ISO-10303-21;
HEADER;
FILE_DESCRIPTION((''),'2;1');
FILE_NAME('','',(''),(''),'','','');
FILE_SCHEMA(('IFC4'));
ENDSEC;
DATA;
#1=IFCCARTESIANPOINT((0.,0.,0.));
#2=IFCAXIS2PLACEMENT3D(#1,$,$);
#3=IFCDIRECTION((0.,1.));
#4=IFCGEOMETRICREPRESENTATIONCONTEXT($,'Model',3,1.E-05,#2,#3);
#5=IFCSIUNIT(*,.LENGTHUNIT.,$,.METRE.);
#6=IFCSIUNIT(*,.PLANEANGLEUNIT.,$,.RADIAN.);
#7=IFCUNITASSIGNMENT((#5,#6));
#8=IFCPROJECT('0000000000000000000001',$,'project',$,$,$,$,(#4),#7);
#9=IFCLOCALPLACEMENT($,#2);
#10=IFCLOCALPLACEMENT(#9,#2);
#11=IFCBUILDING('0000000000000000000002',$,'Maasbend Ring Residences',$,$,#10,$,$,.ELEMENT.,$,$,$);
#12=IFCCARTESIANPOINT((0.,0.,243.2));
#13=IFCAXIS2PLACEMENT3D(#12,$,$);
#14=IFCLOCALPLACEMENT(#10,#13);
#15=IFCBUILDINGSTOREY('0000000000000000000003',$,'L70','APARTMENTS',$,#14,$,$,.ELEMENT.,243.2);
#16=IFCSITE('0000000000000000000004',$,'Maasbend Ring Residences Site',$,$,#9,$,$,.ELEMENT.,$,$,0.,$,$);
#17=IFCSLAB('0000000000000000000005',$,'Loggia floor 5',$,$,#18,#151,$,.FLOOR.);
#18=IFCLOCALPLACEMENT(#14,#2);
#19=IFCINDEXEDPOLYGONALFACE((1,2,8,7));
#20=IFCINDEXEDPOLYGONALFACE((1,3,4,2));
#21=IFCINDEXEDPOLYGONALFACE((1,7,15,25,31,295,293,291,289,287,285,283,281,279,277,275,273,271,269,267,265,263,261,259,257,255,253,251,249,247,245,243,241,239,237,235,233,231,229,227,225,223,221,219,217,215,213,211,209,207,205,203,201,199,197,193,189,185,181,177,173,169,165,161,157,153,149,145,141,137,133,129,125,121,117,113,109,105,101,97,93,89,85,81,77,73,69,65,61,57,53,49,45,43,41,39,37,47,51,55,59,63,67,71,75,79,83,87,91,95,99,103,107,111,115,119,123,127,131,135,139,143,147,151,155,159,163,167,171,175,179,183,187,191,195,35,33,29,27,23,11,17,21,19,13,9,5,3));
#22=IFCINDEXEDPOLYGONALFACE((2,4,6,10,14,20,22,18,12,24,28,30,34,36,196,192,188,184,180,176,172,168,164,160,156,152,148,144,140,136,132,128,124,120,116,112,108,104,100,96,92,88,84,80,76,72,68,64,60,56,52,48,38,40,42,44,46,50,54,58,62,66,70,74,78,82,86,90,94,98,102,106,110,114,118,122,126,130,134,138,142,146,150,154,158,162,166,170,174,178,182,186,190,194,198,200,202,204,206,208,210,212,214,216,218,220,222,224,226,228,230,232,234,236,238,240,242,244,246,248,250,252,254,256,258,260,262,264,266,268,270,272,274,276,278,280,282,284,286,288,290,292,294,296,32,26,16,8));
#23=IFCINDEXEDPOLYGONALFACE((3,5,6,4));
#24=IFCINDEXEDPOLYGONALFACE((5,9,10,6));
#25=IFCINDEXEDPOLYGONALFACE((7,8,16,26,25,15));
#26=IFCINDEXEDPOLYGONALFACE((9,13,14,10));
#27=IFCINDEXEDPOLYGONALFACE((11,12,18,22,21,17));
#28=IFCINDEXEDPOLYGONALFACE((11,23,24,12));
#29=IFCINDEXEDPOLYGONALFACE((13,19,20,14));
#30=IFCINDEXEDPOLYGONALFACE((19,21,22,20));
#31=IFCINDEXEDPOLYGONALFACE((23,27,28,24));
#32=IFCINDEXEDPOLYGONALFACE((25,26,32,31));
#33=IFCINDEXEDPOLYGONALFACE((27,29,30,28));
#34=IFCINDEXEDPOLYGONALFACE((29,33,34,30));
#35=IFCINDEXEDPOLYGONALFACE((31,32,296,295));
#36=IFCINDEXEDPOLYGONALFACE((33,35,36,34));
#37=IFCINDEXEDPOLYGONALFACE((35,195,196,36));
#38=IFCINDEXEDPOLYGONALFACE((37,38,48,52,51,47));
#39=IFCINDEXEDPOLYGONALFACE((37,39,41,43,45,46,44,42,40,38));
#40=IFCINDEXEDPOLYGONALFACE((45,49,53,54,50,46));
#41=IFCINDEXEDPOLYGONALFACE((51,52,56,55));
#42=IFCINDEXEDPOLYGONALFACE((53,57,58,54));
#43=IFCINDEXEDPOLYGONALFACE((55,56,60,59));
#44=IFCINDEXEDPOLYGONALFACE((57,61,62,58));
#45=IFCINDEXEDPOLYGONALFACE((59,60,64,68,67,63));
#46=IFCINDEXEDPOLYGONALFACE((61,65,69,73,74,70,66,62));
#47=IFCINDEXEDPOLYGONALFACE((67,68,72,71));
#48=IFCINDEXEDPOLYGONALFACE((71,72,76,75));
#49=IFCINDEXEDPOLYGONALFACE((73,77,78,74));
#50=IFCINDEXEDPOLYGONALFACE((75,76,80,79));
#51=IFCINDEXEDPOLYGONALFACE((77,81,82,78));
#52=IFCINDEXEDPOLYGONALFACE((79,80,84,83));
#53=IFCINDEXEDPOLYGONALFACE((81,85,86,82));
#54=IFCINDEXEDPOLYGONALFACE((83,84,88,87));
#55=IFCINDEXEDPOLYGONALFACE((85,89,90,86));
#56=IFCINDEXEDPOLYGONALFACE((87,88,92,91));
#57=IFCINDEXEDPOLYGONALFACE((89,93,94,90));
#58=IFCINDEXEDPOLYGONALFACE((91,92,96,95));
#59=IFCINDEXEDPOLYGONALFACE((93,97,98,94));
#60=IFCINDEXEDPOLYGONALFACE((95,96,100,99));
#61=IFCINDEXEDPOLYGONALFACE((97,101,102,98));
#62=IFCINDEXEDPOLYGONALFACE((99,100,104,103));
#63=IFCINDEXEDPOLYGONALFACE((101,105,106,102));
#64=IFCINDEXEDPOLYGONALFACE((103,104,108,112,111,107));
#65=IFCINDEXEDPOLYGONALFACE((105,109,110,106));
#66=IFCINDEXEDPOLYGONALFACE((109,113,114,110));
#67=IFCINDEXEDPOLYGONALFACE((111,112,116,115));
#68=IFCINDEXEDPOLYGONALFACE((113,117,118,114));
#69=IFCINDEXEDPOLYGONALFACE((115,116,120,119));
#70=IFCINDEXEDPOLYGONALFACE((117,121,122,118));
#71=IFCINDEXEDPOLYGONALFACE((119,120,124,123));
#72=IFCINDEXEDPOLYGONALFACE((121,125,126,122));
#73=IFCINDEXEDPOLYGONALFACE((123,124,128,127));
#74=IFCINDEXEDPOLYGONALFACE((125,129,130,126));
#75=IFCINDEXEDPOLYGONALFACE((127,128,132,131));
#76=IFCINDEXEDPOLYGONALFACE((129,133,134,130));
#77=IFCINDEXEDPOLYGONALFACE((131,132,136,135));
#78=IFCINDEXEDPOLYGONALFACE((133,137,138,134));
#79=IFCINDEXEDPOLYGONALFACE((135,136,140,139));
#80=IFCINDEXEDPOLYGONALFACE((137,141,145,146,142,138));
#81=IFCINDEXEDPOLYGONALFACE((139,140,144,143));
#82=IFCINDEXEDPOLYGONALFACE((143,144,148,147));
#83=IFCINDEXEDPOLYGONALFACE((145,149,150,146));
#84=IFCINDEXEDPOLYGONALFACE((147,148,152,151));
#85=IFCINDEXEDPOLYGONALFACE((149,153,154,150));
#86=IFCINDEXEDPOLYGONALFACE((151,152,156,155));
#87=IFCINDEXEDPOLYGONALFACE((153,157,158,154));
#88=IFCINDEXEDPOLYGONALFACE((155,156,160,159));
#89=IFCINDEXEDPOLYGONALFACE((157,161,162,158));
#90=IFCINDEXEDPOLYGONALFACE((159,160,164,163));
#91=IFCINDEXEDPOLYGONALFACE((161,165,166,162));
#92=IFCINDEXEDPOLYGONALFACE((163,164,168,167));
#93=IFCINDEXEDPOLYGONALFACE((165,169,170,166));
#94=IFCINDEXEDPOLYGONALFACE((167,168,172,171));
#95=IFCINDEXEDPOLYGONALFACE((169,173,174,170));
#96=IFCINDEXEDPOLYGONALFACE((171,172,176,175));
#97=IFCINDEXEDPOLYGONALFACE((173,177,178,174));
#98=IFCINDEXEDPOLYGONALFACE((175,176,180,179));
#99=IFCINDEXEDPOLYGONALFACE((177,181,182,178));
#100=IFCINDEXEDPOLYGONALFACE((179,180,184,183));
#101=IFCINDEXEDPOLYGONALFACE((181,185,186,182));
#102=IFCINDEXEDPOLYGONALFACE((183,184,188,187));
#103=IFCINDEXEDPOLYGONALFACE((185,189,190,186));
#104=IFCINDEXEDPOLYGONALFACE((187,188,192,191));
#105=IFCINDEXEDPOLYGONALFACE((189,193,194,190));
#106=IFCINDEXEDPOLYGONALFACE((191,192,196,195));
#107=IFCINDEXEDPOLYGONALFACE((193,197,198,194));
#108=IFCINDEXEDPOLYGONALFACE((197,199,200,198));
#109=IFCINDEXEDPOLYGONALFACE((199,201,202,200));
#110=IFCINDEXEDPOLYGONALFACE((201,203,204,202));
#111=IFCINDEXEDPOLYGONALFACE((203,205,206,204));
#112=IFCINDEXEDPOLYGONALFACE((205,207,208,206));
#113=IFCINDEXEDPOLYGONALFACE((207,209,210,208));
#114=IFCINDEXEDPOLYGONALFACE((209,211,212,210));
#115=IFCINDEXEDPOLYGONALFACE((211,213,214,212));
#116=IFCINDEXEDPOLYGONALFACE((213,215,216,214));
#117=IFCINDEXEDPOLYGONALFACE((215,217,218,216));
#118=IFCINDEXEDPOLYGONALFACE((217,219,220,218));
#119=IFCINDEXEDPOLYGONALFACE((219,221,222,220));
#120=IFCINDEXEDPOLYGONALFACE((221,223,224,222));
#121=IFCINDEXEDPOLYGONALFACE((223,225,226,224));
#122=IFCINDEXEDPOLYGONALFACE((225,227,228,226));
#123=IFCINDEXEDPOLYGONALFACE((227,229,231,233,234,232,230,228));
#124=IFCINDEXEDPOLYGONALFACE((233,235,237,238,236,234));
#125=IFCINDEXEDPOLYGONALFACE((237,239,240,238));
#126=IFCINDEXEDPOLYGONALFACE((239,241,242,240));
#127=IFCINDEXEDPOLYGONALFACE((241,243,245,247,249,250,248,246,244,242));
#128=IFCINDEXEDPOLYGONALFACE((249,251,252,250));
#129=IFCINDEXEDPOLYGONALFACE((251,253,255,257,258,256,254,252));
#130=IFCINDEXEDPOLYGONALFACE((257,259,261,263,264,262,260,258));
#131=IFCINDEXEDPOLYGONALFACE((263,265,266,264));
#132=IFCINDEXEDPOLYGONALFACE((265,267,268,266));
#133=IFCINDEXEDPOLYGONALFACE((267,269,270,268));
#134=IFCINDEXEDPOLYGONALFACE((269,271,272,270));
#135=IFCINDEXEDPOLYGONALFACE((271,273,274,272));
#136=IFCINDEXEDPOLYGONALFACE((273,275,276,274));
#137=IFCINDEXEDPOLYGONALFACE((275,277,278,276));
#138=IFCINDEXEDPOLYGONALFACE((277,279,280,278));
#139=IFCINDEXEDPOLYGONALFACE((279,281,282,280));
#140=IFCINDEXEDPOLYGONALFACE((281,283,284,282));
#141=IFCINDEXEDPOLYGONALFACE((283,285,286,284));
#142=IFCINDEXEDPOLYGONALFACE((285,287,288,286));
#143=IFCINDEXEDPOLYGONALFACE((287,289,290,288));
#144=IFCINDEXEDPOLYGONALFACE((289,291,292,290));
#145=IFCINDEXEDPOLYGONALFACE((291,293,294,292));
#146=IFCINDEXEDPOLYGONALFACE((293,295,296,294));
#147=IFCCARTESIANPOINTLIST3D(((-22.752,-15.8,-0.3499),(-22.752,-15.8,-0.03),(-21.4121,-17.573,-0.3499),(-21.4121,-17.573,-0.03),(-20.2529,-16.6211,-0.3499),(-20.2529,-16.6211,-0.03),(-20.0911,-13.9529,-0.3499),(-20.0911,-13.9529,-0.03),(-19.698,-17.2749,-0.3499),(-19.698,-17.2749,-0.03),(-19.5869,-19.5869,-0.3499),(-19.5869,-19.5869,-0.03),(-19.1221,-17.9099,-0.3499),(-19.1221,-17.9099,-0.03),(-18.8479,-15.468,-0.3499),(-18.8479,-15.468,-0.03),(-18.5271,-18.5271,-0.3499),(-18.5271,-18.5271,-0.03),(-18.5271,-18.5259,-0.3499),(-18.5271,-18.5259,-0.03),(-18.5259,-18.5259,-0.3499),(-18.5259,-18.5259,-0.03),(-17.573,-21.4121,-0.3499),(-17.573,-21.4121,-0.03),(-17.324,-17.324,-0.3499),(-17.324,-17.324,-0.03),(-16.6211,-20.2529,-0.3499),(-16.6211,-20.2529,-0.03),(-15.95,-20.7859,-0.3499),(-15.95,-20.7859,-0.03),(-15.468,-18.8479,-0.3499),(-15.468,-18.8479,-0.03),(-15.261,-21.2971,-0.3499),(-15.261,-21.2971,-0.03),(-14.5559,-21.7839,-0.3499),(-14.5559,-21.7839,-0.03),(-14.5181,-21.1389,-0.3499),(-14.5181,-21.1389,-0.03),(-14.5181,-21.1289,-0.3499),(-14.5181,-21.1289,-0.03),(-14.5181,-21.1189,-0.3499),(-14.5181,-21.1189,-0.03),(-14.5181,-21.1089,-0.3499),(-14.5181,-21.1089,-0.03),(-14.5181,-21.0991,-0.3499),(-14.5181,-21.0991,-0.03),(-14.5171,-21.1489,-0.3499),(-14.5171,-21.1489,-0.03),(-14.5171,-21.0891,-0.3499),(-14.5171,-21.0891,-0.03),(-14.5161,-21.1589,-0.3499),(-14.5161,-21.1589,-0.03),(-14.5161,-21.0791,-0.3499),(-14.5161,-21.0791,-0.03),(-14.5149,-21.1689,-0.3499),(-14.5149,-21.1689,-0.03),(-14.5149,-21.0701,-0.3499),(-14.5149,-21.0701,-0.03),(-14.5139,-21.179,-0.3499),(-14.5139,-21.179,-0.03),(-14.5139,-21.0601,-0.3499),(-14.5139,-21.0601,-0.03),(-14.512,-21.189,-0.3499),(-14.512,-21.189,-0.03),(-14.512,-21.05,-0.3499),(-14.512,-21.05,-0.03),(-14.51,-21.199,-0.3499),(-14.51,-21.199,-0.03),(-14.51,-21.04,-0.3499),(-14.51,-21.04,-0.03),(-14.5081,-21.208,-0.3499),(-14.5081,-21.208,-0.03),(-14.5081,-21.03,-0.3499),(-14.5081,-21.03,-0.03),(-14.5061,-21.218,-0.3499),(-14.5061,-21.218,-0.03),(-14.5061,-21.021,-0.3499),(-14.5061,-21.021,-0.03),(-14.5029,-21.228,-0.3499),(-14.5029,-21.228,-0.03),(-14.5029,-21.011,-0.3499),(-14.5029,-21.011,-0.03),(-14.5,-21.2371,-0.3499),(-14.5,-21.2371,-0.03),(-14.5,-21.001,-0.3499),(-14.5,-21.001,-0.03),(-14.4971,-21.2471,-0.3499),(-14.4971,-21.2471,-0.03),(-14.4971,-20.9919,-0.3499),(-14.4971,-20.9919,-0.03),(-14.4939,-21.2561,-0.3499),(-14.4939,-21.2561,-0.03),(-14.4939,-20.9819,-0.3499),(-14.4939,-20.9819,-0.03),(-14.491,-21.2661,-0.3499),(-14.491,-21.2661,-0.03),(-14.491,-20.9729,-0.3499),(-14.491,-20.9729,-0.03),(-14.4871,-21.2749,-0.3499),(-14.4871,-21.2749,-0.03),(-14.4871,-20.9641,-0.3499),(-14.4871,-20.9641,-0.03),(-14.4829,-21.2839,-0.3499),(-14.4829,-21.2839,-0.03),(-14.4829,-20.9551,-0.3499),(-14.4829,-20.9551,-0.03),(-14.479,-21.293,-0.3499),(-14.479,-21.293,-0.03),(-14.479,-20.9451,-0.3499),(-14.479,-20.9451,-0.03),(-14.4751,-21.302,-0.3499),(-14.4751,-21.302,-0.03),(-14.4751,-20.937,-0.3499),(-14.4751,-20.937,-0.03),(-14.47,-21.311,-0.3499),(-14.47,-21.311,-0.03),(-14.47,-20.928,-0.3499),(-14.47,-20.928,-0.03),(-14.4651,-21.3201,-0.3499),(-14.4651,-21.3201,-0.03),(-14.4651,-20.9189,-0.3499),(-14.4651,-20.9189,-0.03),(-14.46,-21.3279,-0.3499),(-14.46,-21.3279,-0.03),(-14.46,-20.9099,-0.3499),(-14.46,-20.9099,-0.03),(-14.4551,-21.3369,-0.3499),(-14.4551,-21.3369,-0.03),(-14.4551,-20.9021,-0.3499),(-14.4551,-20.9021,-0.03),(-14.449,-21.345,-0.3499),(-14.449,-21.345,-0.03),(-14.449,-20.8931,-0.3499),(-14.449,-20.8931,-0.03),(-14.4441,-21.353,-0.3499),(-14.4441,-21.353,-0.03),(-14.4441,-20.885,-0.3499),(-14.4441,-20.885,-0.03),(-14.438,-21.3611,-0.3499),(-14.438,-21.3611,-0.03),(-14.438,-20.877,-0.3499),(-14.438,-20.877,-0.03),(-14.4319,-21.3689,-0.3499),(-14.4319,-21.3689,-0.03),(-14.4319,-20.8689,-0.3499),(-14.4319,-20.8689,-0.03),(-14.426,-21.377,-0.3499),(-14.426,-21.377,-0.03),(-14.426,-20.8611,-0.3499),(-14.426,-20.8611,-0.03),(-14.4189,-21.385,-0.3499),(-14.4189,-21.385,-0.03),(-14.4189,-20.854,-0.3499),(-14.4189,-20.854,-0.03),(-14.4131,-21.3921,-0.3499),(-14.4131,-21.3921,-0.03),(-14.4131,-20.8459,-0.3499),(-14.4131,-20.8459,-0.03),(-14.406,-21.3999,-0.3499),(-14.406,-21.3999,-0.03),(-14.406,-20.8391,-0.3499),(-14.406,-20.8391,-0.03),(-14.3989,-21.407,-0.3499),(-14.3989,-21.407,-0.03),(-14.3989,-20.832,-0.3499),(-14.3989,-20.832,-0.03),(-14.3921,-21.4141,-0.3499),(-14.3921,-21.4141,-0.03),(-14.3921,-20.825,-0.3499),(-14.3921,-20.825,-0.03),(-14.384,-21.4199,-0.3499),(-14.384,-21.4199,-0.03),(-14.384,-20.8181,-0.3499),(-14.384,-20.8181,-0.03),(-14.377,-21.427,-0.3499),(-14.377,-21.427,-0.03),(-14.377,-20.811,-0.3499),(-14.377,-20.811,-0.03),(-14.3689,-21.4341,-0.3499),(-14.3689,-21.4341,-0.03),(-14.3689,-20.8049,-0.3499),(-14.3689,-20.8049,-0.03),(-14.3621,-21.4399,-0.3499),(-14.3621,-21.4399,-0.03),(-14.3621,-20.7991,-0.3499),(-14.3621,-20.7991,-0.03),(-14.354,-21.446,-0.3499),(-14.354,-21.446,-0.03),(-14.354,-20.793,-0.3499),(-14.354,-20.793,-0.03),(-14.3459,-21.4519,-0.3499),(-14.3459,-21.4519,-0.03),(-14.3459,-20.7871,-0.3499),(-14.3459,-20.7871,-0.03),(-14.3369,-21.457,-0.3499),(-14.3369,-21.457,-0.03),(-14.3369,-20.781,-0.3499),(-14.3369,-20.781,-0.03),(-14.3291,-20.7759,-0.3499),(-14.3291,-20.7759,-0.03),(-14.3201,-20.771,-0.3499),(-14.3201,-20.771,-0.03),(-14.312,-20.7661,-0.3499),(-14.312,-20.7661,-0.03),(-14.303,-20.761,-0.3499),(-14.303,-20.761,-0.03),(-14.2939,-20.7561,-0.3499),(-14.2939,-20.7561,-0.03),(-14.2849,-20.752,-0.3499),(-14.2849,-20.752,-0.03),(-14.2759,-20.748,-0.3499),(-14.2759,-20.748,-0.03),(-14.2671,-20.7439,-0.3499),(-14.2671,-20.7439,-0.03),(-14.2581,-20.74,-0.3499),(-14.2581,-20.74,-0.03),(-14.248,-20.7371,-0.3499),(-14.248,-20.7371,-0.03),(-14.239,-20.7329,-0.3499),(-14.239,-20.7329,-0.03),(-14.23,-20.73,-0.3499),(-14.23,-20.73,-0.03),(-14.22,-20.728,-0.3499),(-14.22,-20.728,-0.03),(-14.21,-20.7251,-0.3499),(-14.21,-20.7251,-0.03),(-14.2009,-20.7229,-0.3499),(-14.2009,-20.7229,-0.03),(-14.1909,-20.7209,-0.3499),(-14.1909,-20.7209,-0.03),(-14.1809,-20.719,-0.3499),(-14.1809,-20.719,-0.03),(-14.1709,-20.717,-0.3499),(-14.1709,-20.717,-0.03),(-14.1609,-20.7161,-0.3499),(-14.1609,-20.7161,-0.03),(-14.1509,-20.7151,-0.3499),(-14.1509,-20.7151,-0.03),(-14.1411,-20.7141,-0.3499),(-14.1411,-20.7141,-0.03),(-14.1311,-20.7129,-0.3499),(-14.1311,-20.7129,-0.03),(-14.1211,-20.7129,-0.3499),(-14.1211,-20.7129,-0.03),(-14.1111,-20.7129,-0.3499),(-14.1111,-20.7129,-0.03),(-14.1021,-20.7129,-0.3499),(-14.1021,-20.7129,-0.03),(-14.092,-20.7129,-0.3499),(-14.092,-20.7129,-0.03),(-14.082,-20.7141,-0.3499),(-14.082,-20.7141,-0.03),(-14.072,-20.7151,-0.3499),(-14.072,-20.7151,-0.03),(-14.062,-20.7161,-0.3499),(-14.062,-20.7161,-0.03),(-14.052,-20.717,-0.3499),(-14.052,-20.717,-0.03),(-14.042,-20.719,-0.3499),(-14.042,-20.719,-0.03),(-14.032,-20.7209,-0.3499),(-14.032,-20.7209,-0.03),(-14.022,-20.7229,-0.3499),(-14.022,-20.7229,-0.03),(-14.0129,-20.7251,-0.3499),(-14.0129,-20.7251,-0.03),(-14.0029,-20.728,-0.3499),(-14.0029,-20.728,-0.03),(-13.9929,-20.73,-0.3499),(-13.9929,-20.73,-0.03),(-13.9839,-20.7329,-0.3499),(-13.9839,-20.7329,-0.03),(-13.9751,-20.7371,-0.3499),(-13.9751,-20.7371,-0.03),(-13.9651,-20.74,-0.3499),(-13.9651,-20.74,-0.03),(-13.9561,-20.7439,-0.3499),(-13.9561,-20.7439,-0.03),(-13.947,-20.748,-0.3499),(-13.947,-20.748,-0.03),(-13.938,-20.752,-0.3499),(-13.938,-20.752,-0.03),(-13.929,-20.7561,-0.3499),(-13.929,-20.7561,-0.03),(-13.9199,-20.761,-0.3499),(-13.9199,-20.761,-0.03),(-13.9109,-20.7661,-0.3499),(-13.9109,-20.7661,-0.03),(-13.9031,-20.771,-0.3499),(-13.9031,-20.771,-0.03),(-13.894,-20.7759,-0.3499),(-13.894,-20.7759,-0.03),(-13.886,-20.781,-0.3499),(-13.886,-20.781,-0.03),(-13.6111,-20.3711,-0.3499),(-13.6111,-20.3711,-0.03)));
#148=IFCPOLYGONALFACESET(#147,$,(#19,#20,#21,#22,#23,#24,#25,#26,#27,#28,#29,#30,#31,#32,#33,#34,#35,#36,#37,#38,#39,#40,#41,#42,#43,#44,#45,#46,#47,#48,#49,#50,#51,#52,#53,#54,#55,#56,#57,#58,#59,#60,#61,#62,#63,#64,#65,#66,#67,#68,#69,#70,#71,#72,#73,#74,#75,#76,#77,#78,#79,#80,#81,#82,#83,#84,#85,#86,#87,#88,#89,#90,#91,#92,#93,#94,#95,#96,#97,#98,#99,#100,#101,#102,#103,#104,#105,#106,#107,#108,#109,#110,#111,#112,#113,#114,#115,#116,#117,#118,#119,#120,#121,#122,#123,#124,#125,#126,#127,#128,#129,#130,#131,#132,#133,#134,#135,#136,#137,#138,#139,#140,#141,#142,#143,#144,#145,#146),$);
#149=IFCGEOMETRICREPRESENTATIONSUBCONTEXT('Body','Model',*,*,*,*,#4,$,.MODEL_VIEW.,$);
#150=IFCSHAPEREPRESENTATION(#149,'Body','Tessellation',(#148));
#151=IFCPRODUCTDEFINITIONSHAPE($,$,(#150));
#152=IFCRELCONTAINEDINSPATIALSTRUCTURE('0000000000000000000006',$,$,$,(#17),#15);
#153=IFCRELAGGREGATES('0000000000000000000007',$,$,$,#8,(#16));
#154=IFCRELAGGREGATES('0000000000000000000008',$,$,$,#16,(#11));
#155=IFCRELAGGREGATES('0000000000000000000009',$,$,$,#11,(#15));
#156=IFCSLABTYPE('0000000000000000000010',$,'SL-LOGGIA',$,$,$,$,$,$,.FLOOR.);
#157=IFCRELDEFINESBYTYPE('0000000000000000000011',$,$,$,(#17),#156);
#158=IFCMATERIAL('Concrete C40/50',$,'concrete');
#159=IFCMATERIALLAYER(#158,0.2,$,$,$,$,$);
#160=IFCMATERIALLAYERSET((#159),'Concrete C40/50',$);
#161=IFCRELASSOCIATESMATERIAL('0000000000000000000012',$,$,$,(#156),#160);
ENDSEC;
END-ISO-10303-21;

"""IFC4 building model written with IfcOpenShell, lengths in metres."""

from ifc_helpers import new_model, si_unit, direction, frame, origin, place, context, subcontext, project, spatial, polyline, outline, extrude, material, layer, layer_set, type_object, element, save


model = new_model("IFC4")

# Units and contexts
model_context = context("Model", 3, precision=1e-05, world=origin(), true_north=direction((0.0, 1.0)))
body_context = subcontext(model_context, "Body", "Model", "MODEL_VIEW")
ifc_project = project(units=[si_unit("LENGTHUNIT", "METRE"), si_unit("PLANEANGLEUNIT", "RADIAN")], contexts=[model_context])

# Site, building, storey
site_placement = place(None, origin())
site = spatial("IfcSite", under=ifc_project, at=site_placement, Name="Maasbend Ring Residences Site", CompositionType="ELEMENT", RefElevation=0.0)
building_placement = place(site_placement, origin())
building = spatial("IfcBuilding", under=site, at=building_placement, Name="Maasbend Ring Residences", CompositionType="ELEMENT")
storey_placement = place(building_placement, frame((0.0, 0.0, 243.2)))
storey = spatial("IfcBuildingStorey", under=building, at=storey_placement, Name="L70", Description="APARTMENTS", CompositionType="ELEMENT", Elevation=243.2)

# Slab
ifc_material_1 = material(Name="Concrete C40/50", Category="concrete")
ifc_layer_1 = layer(ifc_material_1, 0.2)
ifc_layer_set_1 = layer_set([ifc_layer_1], Name="Concrete C40/50")
slab_type_1 = type_object("IfcSlabType", Name="SL-LOGGIA", PredefinedType="FLOOR", material=ifc_layer_set_1)
slab_1_placement = place(storey_placement, frame((0.0, 0.0, -0.3499)))
element("IfcSlab", 1, at=slab_1_placement, inside=storey, type_object=slab_type_1, Name="Loggia floor 5", PredefinedType="FLOOR", context=body_context, shape_type="SweptSolid", body=[
    extrude(outline(polyline([(-18.8479, -15.468), (-17.324, -17.324), (-17.324, -17.324), (-17.324, -17.324), (-15.468, -18.8479), (-13.6111, -20.3711), (-13.886, -20.781), (-13.894, -20.7759), (-13.9031, -20.771), (-13.9109, -20.7661), (-13.9199, -20.761), (-13.929, -20.7561), (-13.938, -20.752), (-13.947, -20.748), (-13.9561, -20.7439), (-13.9651, -20.74), (-13.9751, -20.7371), (-13.9839, -20.7329), (-13.9929, -20.73), (-14.0029, -20.728), (-14.0129, -20.7251), (-14.022, -20.7229), (-14.032, -20.7209), (-14.042, -20.719), (-14.052, -20.717), (-14.062, -20.7161), (-14.072, -20.7151), (-14.082, -20.7141), (-14.092, -20.7129), (-14.1021, -20.7129), (-14.1111, -20.7129), (-14.1211, -20.7129), (-14.1311, -20.7129), (-14.1411, -20.7141), (-14.1509, -20.7151), (-14.1609, -20.7161), (-14.1709, -20.717), (-14.1809, -20.719), (-14.1909, -20.7209), (-14.2009, -20.7229), (-14.21, -20.7251), (-14.22, -20.728), (-14.23, -20.73), (-14.239, -20.7329), (-14.248, -20.7371), (-14.2581, -20.74), (-14.2671, -20.7439), (-14.2759, -20.748), (-14.2849, -20.752), (-14.2939, -20.7561), (-14.303, -20.761), (-14.312, -20.7661), (-14.3201, -20.771), (-14.3291, -20.7759), (-14.3369, -20.781), (-14.3459, -20.7871), (-14.354, -20.793), (-14.3621, -20.7991), (-14.3689, -20.8049), (-14.377, -20.811), (-14.384, -20.8181), (-14.3921, -20.825), (-14.3989, -20.832), (-14.406, -20.8391), (-14.4131, -20.8459), (-14.4189, -20.854), (-14.426, -20.8611), (-14.4319, -20.8689), (-14.438, -20.877), (-14.4441, -20.885), (-14.449, -20.8931), (-14.4551, -20.9021), (-14.46, -20.9099), (-14.4651, -20.9189), (-14.47, -20.928), (-14.4751, -20.937), (-14.479, -20.9451), (-14.4829, -20.9551), (-14.4871, -20.9641), (-14.491, -20.9729), (-14.4939, -20.9819), (-14.4971, -20.9919), (-14.5, -21.001), (-14.5029, -21.011), (-14.5061, -21.021), (-14.5081, -21.03), (-14.51, -21.04), (-14.512, -21.05), (-14.5139, -21.0601), (-14.5149, -21.0701), (-14.5161, -21.0791), (-14.5171, -21.0891), (-14.5181, -21.0991), (-14.5181, -21.1089), (-14.5181, -21.1189), (-14.5181, -21.1289), (-14.5181, -21.1389), (-14.5171, -21.1489), (-14.5161, -21.1589), (-14.5149, -21.1689), (-14.5139, -21.179), (-14.512, -21.189), (-14.51, -21.199), (-14.5081, -21.208), (-14.5061, -21.218), (-14.5029, -21.228), (-14.5, -21.2371), (-14.4971, -21.2471), (-14.4939, -21.2561), (-14.491, -21.2661), (-14.4871, -21.2749), (-14.4829, -21.2839), (-14.479, -21.293), (-14.4751, -21.302), (-14.47, -21.311), (-14.4651, -21.3201), (-14.46, -21.3279), (-14.4551, -21.3369), (-14.449, -21.345), (-14.4441, -21.353), (-14.438, -21.3611), (-14.4319, -21.3689), (-14.426, -21.377), (-14.4189, -21.385), (-14.4131, -21.3921), (-14.406, -21.3999), (-14.3989, -21.407), (-14.3921, -21.4141), (-14.384, -21.4199), (-14.377, -21.427), (-14.3689, -21.4341), (-14.3621, -21.4399), (-14.354, -21.446), (-14.3459, -21.4519), (-14.3369, -21.457), (-14.5559, -21.7839), (-15.261, -21.2971), (-15.95, -20.7859), (-16.6211, -20.2529), (-16.6211, -20.2529), (-16.6211, -20.2529), (-16.6211, -20.2529), (-16.6211, -20.2529), (-16.6211, -20.2529), (-16.6211, -20.2529), (-16.6211, -20.2529), (-16.6211, -20.2529), (-16.6211, -20.2529), (-16.6211, -20.2529), (-16.6211, -20.2529), (-16.6211, -20.2529), (-16.6211, -20.2529), (-16.6211, -20.2529), (-16.6211, -20.2529), (-16.6211, -20.2529), (-17.573, -21.4121), (-19.5869, -19.5869), (-18.5271, -18.5271), (-18.5271, -18.5271), (-18.5259, -18.5259), (-18.5259, -18.5259), (-18.5259, -18.5259), (-18.5259, -18.5259), (-18.5259, -18.5259), (-18.5259, -18.5259), (-18.5259, -18.5259), (-18.5259, -18.5259), (-18.5259, -18.5259), (-18.5259, -18.5259), (-18.5259, -18.5259), (-18.5259, -18.5259), (-18.5259, -18.5259), (-18.5271, -18.5259), (-18.5271, -18.5259), (-19.1221, -17.9099), (-19.698, -17.2749), (-20.2529, -16.6211), (-20.2529, -16.6211), (-20.2529, -16.6211), (-20.2529, -16.6211), (-20.2529, -16.6211), (-20.2529, -16.6211), (-20.2529, -16.6211), (-20.2529, -16.6211), (-20.2529, -16.6211), (-20.2529, -16.6211), (-20.2529, -16.6211), (-20.2529, -16.6211), (-20.2529, -16.6211), (-20.2529, -16.6211), (-20.2529, -16.6211), (-20.2529, -16.6211), (-20.2529, -16.6211), (-21.4121, -17.573), (-22.752, -15.8), (-20.0911, -13.9529), (-18.8479, -15.468)])), origin(), (0.0, 0.0, 1.0), 0.3198),
])

save(model, "model.ifc")
